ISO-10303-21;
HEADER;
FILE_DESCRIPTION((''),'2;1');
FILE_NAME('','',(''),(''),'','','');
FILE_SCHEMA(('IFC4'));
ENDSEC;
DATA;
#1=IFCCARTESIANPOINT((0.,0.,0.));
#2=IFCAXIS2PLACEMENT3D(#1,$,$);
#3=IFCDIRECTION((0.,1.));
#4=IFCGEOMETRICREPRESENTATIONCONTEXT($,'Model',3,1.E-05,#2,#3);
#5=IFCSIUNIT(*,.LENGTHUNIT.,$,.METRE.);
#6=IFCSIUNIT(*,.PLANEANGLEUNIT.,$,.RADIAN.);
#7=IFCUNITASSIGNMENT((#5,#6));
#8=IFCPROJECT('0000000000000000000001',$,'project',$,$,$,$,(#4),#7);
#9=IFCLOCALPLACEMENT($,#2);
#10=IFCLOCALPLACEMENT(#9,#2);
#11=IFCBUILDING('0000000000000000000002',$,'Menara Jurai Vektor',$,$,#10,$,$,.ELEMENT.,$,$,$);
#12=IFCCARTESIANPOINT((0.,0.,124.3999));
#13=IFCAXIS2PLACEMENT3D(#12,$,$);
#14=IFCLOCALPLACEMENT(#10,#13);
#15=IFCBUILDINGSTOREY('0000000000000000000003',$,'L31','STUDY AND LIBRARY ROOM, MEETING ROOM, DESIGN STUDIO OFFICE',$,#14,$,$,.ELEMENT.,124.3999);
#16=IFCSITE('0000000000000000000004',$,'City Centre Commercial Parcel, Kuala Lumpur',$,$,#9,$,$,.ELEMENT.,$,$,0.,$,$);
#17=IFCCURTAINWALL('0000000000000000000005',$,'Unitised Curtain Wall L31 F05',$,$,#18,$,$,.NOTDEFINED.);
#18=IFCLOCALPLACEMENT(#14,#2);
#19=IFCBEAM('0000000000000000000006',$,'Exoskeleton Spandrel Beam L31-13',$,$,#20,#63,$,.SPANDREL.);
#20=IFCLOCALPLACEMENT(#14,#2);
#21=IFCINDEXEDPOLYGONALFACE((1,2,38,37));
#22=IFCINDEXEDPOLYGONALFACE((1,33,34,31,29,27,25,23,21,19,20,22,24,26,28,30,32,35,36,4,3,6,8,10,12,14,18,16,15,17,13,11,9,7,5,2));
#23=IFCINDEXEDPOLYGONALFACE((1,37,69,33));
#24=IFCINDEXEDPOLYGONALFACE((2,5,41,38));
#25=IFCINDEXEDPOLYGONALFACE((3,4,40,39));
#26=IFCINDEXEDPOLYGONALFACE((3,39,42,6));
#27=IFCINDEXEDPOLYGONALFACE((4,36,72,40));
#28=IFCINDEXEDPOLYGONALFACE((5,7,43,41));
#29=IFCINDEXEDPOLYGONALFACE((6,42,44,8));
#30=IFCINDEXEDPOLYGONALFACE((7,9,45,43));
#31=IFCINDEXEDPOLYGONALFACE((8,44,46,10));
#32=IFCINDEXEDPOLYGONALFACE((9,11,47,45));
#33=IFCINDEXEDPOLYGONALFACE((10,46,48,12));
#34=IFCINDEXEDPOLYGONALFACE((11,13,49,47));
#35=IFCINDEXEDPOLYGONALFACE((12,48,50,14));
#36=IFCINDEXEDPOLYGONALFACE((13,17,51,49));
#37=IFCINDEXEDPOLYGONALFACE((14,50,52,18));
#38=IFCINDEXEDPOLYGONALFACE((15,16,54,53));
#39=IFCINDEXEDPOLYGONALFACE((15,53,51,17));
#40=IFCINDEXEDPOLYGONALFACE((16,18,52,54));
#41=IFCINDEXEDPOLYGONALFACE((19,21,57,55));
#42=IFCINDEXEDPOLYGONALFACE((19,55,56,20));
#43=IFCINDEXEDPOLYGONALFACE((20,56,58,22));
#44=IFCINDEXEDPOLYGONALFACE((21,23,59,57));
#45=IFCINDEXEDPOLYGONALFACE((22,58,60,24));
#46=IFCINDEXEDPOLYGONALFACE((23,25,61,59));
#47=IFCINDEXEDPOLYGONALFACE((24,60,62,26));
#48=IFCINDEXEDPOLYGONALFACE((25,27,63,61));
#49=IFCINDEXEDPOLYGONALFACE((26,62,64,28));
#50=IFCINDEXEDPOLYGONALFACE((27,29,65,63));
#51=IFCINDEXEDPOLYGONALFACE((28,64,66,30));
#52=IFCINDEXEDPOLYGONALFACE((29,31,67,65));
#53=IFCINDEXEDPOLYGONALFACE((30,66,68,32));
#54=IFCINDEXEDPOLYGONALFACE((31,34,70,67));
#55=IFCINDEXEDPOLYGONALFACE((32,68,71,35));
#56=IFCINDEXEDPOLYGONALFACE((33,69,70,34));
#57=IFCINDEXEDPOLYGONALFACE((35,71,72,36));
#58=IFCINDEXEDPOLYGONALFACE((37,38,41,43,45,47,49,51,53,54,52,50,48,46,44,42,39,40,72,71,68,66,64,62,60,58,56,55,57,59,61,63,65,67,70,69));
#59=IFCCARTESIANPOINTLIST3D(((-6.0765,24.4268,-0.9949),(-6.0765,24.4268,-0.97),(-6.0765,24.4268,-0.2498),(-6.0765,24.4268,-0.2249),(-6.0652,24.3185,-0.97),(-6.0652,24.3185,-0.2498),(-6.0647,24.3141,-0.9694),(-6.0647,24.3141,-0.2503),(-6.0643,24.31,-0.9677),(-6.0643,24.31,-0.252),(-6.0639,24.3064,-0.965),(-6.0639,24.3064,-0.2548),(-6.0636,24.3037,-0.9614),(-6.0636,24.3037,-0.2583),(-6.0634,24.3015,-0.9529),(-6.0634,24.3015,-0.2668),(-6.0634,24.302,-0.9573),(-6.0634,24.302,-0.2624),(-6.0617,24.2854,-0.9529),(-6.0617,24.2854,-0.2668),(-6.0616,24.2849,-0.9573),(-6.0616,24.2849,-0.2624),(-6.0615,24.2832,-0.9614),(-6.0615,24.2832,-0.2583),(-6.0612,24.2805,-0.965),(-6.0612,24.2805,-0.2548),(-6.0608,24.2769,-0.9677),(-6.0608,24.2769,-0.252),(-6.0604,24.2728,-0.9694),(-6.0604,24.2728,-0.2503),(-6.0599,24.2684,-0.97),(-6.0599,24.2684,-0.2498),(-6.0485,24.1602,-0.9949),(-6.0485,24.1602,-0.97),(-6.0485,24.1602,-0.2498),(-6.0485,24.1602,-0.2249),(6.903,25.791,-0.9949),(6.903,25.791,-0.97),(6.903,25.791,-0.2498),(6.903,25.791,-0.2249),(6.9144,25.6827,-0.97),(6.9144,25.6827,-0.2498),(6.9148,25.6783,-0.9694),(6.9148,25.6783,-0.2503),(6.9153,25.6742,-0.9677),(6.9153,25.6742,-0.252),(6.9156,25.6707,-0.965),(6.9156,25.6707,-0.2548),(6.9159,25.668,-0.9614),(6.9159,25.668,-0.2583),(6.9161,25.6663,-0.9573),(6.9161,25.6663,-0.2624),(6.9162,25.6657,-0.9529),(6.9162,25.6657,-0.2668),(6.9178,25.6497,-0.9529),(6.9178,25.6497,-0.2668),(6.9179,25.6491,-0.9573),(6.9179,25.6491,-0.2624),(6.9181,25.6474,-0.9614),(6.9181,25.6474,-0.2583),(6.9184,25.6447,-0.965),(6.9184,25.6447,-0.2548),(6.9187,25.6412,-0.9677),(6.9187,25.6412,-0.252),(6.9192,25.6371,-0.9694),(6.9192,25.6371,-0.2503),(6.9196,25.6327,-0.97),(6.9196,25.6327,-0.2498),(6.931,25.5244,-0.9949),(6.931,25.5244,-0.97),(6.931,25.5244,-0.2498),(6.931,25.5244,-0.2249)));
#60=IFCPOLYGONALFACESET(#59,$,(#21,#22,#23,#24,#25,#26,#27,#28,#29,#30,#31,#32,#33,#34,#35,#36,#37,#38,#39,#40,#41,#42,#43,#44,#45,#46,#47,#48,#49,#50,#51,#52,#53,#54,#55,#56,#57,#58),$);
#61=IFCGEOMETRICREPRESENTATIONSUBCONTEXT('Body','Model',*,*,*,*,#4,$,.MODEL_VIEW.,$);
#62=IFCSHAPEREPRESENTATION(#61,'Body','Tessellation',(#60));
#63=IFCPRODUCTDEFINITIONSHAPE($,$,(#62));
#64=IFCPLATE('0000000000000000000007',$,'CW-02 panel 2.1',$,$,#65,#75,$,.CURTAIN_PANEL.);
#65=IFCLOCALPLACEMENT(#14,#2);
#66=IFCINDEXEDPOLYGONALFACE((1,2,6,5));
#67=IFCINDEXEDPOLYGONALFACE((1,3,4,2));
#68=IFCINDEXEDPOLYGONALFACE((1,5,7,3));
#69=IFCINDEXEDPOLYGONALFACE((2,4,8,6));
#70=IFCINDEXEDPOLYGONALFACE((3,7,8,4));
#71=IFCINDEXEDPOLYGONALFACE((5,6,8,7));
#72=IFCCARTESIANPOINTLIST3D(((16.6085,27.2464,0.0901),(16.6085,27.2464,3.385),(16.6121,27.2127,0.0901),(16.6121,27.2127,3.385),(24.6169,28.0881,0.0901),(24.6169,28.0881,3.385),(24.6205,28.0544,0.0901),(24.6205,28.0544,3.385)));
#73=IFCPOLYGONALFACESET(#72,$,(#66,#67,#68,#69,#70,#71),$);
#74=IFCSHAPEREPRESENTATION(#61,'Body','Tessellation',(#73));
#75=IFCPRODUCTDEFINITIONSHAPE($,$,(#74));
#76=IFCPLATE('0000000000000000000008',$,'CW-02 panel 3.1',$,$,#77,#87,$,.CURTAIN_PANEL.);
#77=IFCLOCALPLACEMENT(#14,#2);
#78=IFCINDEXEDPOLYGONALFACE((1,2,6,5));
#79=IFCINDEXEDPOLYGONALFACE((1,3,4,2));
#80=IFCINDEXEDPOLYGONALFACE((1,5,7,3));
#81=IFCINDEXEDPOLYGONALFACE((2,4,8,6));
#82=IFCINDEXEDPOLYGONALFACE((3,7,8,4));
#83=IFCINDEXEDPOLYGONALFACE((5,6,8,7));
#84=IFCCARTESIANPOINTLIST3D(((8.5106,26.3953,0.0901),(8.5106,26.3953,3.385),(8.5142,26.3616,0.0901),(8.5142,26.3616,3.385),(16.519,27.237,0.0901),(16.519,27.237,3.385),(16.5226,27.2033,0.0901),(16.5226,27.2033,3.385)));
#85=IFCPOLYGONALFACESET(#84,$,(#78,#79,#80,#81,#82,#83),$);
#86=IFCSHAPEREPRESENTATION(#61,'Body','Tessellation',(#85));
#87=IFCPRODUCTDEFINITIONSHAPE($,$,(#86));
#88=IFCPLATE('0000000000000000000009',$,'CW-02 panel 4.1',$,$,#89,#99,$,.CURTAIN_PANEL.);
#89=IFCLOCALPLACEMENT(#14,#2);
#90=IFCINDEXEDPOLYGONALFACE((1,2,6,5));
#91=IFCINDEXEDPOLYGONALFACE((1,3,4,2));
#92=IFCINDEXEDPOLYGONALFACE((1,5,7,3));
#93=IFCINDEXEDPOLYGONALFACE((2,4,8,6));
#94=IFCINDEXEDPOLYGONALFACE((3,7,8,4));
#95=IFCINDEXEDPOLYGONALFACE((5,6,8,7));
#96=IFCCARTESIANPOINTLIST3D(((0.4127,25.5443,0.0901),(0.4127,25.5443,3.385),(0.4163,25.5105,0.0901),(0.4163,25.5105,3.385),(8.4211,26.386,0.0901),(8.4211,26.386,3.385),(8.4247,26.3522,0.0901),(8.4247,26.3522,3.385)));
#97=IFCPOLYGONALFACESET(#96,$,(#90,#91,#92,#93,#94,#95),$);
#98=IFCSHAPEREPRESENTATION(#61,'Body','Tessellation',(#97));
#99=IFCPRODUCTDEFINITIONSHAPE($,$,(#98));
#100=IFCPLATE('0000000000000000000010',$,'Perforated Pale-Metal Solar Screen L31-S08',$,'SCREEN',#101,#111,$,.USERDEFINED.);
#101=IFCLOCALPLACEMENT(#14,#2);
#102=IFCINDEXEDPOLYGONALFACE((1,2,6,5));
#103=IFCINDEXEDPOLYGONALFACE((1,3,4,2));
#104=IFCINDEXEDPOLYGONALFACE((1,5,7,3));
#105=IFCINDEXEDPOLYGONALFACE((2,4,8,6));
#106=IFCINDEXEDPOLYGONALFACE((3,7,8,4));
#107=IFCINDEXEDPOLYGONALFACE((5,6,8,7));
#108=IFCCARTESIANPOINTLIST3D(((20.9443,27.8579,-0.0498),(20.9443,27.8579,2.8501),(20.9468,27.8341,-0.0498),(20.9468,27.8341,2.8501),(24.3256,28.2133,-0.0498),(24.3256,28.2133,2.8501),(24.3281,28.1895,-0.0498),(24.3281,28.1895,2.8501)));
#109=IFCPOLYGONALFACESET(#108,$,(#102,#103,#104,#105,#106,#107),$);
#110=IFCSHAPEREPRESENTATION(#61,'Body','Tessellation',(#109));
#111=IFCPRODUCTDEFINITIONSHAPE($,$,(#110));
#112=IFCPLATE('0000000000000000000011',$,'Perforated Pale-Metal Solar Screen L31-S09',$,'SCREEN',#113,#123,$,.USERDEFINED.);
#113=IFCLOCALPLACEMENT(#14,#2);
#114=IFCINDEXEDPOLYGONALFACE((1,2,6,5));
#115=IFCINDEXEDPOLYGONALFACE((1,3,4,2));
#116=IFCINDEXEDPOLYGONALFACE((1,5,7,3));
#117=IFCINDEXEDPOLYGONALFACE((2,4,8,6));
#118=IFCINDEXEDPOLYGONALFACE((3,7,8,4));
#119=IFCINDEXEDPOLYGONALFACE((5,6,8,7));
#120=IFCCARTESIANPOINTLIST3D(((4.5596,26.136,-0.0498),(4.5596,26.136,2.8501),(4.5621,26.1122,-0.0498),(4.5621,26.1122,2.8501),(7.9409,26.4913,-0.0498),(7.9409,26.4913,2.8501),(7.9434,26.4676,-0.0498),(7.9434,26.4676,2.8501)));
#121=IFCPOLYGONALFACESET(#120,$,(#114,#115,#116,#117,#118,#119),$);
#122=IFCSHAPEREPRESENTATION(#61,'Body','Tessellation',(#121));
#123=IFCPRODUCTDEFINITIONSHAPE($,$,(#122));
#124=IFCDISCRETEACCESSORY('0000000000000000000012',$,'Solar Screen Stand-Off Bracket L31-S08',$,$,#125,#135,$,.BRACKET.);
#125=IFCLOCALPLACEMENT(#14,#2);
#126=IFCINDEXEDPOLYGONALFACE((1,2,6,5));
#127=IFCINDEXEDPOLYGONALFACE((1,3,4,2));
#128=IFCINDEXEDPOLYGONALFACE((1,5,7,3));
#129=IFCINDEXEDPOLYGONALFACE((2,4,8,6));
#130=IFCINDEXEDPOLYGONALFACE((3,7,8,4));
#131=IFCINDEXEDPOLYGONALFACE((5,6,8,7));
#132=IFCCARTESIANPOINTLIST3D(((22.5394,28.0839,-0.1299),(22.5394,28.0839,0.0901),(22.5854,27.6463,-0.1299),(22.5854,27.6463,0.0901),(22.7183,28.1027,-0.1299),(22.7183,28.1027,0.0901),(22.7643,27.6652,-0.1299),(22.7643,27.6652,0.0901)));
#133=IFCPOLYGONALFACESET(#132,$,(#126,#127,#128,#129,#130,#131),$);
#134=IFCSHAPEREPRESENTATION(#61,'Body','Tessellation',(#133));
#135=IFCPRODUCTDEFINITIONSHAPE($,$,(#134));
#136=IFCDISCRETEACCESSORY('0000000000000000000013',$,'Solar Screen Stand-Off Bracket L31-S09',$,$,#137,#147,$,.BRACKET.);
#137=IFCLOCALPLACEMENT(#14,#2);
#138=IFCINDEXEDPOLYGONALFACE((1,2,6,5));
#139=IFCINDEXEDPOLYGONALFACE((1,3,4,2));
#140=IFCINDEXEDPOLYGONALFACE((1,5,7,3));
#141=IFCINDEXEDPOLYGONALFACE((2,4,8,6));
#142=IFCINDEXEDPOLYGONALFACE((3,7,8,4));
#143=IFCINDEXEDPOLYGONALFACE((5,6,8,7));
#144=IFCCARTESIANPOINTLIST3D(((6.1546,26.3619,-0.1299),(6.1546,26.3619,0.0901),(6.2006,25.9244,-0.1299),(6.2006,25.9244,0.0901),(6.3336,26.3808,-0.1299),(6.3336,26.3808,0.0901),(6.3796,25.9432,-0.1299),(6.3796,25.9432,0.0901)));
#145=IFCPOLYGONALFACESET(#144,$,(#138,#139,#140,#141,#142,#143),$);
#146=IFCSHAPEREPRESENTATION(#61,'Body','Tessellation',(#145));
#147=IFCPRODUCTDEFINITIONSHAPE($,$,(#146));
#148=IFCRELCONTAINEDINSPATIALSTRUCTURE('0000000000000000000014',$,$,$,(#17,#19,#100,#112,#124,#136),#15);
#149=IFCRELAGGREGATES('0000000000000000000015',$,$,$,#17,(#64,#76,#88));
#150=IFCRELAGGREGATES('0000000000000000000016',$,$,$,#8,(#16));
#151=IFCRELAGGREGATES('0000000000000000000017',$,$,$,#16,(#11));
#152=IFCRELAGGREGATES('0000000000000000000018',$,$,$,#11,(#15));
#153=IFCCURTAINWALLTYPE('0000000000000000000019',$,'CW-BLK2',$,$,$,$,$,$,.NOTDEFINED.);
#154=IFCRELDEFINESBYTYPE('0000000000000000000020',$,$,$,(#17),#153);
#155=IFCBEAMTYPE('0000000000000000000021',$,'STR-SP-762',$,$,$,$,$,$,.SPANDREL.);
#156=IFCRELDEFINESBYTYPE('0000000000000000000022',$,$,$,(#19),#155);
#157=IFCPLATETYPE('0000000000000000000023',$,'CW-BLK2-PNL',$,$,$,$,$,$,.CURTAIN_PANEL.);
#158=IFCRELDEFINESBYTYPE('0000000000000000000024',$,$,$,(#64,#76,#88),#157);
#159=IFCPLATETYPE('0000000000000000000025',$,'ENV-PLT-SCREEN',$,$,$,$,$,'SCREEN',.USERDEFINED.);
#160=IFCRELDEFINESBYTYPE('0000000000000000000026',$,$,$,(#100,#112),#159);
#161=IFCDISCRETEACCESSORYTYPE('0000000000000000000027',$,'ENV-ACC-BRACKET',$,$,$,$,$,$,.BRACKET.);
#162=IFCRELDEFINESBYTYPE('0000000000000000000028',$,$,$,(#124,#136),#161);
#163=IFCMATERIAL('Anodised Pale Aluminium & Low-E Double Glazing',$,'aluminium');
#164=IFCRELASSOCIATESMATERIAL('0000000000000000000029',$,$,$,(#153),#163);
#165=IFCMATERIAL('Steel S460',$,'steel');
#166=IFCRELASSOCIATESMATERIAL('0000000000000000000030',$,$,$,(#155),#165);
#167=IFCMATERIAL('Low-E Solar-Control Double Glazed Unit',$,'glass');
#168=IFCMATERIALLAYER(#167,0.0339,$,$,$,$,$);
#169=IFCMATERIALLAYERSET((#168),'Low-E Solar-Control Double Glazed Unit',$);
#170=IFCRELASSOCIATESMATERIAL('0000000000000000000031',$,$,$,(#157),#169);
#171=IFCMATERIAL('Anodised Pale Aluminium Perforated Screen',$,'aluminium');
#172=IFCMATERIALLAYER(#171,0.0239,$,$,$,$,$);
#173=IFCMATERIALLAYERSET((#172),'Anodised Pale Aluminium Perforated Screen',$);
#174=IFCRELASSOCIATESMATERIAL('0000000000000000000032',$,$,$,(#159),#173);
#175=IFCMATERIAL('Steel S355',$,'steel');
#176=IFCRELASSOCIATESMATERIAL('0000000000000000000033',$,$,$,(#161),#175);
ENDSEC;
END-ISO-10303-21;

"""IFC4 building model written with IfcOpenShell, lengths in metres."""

from ifc_helpers import new_model, si_unit, direction, frame, origin, origin_2d, place, context, subcontext, project, spatial, rectangle, i_section, extrude, material, layer, layer_set, material_profile, profile_set, type_object, element, aggregate, save


model = new_model("IFC4")

# Units and contexts
model_context = context("Model", 3, precision=1e-05, world=origin(), true_north=direction((0.0, 1.0)))
body_context = subcontext(model_context, "Body", "Model", "MODEL_VIEW")
ifc_project = project(units=[si_unit("LENGTHUNIT", "METRE"), si_unit("PLANEANGLEUNIT", "RADIAN")], contexts=[model_context])

# Site, building, storey
site_placement = place(None, origin())
site = spatial("IfcSite", under=ifc_project, at=site_placement, Name="City Centre Commercial Parcel, Kuala Lumpur", CompositionType="ELEMENT", RefElevation=0.0)
building_placement = place(site_placement, origin())
building = spatial("IfcBuilding", under=site, at=building_placement, Name="Menara Jurai Vektor", CompositionType="ELEMENT")
storey_placement = place(building_placement, frame((0.0, 0.0, 124.3999)))
storey = spatial("IfcBuildingStorey", under=building, at=storey_placement, Name="L31", Description="STUDY AND LIBRARY ROOM, MEETING ROOM, DESIGN STUDIO OFFICE", CompositionType="ELEMENT", Elevation=124.3999)

# Shared definitions
ifc_material_1 = material(Name="Steel S460", Category="steel")

# Curtain wall
ifc_material_2 = material(Name="Anodised Pale Aluminium & Low-E Double Glazing", Category="aluminium")
curtain_wall_type = type_object("IfcCurtainWallType", Name="CW-BLK2", PredefinedType="NOTDEFINED", material=ifc_material_2)
curtain_wall_placement = place(storey_placement, origin())
curtain_wall = element("IfcCurtainWall", 1, at=curtain_wall_placement, inside=storey, type_object=curtain_wall_type, Name="Unitised Curtain Wall L31 F05", PredefinedType="NOTDEFINED")

# Beam
ifc_material_3 = material(Name="Steel S355", Category="steel")
ifc_material_profile_1 = material_profile(ifc_material_1, i_section(OverallWidth=0.2681, OverallDepth=0.77, WebThickness=0.0161, FlangeThickness=0.0249, FilletRadius=0.0171, at=origin_2d()), Name="UKB 762x267x197")
ifc_profile_set_1 = profile_set([ifc_material_profile_1], Name="Steel S460")
beam_type_1 = type_object("IfcBeamType", Name="STR-SP-762", PredefinedType="SPANDREL", material=ifc_profile_set_1)
beam_1_placement = place(storey_placement, frame((6.917, 25.6577, -0.6099), z_axis=(-0.994521, -0.104533, 0.0), x_axis=(0.104533, -0.994521, 0.0)))
element("IfcBeam", 2, at=beam_1_placement, inside=storey, type_object=beam_type_1, Name="Exoskeleton Spandrel Beam L31-13", PredefinedType="SPANDREL", context=body_context, shape_type="SweptSolid", body=[
    extrude(i_section(OverallWidth=0.2681, OverallDepth=0.77, WebThickness=0.0161, FlangeThickness=0.0249, FilletRadius=0.0171, at=origin_2d()), origin(), (0.0, 0.0, 1.0), 13.051),
])

# Plates
ifc_material_4 = material(Name="Low-E Solar-Control Double Glazed Unit", Category="glass")
ifc_layer_1 = layer(ifc_material_4, 0.0339)
ifc_layer_set_1 = layer_set([ifc_layer_1], Name="Low-E Solar-Control Double Glazed Unit")
plate_type_1 = type_object("IfcPlateType", Name="CW-BLK2-PNL", PredefinedType="CURTAIN_PANEL", material=ifc_layer_set_1)
plate_1_placement = place(storey_placement, frame((20.6145, 27.6504, 0.0901), z_axis=(0.0, 0.0, 1.0), x_axis=(-0.994522, -0.104529, 0.0)))
plate_1 = element("IfcPlate", 3, at=plate_1_placement, type_object=plate_type_1, Name="CW-02 panel 2.1", PredefinedType="CURTAIN_PANEL", context=body_context, shape_type="SweptSolid", body=[
    extrude(rectangle(XDim=8.0525, YDim=0.0339, at=origin_2d()), origin(), (0.0, 0.0, 1.0), 3.2949),
])
plate_2_placement = place(storey_placement, frame((12.5166, 26.7993, 0.0901), z_axis=(0.0, 0.0, 1.0), x_axis=(-0.994522, -0.104529, 0.0)))
plate_2 = element("IfcPlate", 4, at=plate_2_placement, type_object=plate_type_1, Name="CW-02 panel 3.1", PredefinedType="CURTAIN_PANEL", context=body_context, shape_type="SweptSolid", body=[
    extrude(rectangle(XDim=8.0525, YDim=0.0339, at=origin_2d()), origin(), (0.0, 0.0, 1.0), 3.2949),
])
plate_3_placement = place(storey_placement, frame((4.4187, 25.9482, 0.0901), z_axis=(0.0, 0.0, 1.0), x_axis=(-0.994522, -0.104529, 0.0)))
plate_3 = element("IfcPlate", 5, at=plate_3_placement, type_object=plate_type_1, Name="CW-02 panel 4.1", PredefinedType="CURTAIN_PANEL", context=body_context, shape_type="SweptSolid", body=[
    extrude(rectangle(XDim=8.0525, YDim=0.0339, at=origin_2d()), origin(), (0.0, 0.0, 1.0), 3.2949),
])
aggregate(curtain_wall, [plate_1, plate_2, plate_3])

# Plates
ifc_material_5 = material(Name="Anodised Pale Aluminium Perforated Screen", Category="aluminium")
ifc_layer_2 = layer(ifc_material_5, 0.0239)
ifc_layer_set_2 = layer_set([ifc_layer_2], Name="Anodised Pale Aluminium Perforated Screen")
plate_type_2 = type_object("IfcPlateType", Name="ENV-PLT-SCREEN", ElementType="SCREEN", PredefinedType="USERDEFINED", material=ifc_layer_set_2)
for number, where, z_axis, x_axis, name in (
    (6, (22.6362, 28.0237, -0.0498), (0.0, 0.0, 1.0), (-0.994522, -0.104528, 0.0), "Perforated Pale-Metal Solar Screen L31-S08"),
    (7, (6.2515, 26.3018, -0.0498), (0.0, 0.0, 1.0), (-0.994522, -0.104528, 0.0), "Perforated Pale-Metal Solar Screen L31-S09"),
):
    element("IfcPlate", number, at=place(storey_placement, frame(where, z_axis=z_axis, x_axis=x_axis)), inside=storey, type_object=plate_type_2, Name=name, ObjectType="SCREEN", PredefinedType="USERDEFINED", context=body_context, shape_type="SweptSolid", body=[
        extrude(rectangle(XDim=3.3999, YDim=0.0239, at=origin_2d()), origin(), (0.0, 0.0, 1.0), 2.8999),
    ])

# Discrete accessories
discrete_accessory_type = type_object("IfcDiscreteAccessoryType", Name="ENV-ACC-BRACKET", PredefinedType="BRACKET", material=ifc_material_3)
for number, where, z_axis, x_axis, name in (
    (8, (22.6519, 27.8745, -0.1299), (0.0, 0.0, 1.0), (-0.994522, -0.104528, 0.0), "Solar Screen Stand-Off Bracket L31-S08"),
    (9, (6.2671, 26.1526, -0.1299), (0.0, 0.0, 1.0), (-0.994522, -0.104528, 0.0), "Solar Screen Stand-Off Bracket L31-S09"),
):
    element("IfcDiscreteAccessory", number, at=place(storey_placement, frame(where, z_axis=z_axis, x_axis=x_axis)), inside=storey, type_object=discrete_accessory_type, Name=name, PredefinedType="BRACKET", context=body_context, shape_type="SweptSolid", body=[
        extrude(rectangle(XDim=0.1799, YDim=0.4399, at=origin_2d()), origin(), (0.0, 0.0, 1.0), 0.22),
    ])

save(model, "model.ifc")
